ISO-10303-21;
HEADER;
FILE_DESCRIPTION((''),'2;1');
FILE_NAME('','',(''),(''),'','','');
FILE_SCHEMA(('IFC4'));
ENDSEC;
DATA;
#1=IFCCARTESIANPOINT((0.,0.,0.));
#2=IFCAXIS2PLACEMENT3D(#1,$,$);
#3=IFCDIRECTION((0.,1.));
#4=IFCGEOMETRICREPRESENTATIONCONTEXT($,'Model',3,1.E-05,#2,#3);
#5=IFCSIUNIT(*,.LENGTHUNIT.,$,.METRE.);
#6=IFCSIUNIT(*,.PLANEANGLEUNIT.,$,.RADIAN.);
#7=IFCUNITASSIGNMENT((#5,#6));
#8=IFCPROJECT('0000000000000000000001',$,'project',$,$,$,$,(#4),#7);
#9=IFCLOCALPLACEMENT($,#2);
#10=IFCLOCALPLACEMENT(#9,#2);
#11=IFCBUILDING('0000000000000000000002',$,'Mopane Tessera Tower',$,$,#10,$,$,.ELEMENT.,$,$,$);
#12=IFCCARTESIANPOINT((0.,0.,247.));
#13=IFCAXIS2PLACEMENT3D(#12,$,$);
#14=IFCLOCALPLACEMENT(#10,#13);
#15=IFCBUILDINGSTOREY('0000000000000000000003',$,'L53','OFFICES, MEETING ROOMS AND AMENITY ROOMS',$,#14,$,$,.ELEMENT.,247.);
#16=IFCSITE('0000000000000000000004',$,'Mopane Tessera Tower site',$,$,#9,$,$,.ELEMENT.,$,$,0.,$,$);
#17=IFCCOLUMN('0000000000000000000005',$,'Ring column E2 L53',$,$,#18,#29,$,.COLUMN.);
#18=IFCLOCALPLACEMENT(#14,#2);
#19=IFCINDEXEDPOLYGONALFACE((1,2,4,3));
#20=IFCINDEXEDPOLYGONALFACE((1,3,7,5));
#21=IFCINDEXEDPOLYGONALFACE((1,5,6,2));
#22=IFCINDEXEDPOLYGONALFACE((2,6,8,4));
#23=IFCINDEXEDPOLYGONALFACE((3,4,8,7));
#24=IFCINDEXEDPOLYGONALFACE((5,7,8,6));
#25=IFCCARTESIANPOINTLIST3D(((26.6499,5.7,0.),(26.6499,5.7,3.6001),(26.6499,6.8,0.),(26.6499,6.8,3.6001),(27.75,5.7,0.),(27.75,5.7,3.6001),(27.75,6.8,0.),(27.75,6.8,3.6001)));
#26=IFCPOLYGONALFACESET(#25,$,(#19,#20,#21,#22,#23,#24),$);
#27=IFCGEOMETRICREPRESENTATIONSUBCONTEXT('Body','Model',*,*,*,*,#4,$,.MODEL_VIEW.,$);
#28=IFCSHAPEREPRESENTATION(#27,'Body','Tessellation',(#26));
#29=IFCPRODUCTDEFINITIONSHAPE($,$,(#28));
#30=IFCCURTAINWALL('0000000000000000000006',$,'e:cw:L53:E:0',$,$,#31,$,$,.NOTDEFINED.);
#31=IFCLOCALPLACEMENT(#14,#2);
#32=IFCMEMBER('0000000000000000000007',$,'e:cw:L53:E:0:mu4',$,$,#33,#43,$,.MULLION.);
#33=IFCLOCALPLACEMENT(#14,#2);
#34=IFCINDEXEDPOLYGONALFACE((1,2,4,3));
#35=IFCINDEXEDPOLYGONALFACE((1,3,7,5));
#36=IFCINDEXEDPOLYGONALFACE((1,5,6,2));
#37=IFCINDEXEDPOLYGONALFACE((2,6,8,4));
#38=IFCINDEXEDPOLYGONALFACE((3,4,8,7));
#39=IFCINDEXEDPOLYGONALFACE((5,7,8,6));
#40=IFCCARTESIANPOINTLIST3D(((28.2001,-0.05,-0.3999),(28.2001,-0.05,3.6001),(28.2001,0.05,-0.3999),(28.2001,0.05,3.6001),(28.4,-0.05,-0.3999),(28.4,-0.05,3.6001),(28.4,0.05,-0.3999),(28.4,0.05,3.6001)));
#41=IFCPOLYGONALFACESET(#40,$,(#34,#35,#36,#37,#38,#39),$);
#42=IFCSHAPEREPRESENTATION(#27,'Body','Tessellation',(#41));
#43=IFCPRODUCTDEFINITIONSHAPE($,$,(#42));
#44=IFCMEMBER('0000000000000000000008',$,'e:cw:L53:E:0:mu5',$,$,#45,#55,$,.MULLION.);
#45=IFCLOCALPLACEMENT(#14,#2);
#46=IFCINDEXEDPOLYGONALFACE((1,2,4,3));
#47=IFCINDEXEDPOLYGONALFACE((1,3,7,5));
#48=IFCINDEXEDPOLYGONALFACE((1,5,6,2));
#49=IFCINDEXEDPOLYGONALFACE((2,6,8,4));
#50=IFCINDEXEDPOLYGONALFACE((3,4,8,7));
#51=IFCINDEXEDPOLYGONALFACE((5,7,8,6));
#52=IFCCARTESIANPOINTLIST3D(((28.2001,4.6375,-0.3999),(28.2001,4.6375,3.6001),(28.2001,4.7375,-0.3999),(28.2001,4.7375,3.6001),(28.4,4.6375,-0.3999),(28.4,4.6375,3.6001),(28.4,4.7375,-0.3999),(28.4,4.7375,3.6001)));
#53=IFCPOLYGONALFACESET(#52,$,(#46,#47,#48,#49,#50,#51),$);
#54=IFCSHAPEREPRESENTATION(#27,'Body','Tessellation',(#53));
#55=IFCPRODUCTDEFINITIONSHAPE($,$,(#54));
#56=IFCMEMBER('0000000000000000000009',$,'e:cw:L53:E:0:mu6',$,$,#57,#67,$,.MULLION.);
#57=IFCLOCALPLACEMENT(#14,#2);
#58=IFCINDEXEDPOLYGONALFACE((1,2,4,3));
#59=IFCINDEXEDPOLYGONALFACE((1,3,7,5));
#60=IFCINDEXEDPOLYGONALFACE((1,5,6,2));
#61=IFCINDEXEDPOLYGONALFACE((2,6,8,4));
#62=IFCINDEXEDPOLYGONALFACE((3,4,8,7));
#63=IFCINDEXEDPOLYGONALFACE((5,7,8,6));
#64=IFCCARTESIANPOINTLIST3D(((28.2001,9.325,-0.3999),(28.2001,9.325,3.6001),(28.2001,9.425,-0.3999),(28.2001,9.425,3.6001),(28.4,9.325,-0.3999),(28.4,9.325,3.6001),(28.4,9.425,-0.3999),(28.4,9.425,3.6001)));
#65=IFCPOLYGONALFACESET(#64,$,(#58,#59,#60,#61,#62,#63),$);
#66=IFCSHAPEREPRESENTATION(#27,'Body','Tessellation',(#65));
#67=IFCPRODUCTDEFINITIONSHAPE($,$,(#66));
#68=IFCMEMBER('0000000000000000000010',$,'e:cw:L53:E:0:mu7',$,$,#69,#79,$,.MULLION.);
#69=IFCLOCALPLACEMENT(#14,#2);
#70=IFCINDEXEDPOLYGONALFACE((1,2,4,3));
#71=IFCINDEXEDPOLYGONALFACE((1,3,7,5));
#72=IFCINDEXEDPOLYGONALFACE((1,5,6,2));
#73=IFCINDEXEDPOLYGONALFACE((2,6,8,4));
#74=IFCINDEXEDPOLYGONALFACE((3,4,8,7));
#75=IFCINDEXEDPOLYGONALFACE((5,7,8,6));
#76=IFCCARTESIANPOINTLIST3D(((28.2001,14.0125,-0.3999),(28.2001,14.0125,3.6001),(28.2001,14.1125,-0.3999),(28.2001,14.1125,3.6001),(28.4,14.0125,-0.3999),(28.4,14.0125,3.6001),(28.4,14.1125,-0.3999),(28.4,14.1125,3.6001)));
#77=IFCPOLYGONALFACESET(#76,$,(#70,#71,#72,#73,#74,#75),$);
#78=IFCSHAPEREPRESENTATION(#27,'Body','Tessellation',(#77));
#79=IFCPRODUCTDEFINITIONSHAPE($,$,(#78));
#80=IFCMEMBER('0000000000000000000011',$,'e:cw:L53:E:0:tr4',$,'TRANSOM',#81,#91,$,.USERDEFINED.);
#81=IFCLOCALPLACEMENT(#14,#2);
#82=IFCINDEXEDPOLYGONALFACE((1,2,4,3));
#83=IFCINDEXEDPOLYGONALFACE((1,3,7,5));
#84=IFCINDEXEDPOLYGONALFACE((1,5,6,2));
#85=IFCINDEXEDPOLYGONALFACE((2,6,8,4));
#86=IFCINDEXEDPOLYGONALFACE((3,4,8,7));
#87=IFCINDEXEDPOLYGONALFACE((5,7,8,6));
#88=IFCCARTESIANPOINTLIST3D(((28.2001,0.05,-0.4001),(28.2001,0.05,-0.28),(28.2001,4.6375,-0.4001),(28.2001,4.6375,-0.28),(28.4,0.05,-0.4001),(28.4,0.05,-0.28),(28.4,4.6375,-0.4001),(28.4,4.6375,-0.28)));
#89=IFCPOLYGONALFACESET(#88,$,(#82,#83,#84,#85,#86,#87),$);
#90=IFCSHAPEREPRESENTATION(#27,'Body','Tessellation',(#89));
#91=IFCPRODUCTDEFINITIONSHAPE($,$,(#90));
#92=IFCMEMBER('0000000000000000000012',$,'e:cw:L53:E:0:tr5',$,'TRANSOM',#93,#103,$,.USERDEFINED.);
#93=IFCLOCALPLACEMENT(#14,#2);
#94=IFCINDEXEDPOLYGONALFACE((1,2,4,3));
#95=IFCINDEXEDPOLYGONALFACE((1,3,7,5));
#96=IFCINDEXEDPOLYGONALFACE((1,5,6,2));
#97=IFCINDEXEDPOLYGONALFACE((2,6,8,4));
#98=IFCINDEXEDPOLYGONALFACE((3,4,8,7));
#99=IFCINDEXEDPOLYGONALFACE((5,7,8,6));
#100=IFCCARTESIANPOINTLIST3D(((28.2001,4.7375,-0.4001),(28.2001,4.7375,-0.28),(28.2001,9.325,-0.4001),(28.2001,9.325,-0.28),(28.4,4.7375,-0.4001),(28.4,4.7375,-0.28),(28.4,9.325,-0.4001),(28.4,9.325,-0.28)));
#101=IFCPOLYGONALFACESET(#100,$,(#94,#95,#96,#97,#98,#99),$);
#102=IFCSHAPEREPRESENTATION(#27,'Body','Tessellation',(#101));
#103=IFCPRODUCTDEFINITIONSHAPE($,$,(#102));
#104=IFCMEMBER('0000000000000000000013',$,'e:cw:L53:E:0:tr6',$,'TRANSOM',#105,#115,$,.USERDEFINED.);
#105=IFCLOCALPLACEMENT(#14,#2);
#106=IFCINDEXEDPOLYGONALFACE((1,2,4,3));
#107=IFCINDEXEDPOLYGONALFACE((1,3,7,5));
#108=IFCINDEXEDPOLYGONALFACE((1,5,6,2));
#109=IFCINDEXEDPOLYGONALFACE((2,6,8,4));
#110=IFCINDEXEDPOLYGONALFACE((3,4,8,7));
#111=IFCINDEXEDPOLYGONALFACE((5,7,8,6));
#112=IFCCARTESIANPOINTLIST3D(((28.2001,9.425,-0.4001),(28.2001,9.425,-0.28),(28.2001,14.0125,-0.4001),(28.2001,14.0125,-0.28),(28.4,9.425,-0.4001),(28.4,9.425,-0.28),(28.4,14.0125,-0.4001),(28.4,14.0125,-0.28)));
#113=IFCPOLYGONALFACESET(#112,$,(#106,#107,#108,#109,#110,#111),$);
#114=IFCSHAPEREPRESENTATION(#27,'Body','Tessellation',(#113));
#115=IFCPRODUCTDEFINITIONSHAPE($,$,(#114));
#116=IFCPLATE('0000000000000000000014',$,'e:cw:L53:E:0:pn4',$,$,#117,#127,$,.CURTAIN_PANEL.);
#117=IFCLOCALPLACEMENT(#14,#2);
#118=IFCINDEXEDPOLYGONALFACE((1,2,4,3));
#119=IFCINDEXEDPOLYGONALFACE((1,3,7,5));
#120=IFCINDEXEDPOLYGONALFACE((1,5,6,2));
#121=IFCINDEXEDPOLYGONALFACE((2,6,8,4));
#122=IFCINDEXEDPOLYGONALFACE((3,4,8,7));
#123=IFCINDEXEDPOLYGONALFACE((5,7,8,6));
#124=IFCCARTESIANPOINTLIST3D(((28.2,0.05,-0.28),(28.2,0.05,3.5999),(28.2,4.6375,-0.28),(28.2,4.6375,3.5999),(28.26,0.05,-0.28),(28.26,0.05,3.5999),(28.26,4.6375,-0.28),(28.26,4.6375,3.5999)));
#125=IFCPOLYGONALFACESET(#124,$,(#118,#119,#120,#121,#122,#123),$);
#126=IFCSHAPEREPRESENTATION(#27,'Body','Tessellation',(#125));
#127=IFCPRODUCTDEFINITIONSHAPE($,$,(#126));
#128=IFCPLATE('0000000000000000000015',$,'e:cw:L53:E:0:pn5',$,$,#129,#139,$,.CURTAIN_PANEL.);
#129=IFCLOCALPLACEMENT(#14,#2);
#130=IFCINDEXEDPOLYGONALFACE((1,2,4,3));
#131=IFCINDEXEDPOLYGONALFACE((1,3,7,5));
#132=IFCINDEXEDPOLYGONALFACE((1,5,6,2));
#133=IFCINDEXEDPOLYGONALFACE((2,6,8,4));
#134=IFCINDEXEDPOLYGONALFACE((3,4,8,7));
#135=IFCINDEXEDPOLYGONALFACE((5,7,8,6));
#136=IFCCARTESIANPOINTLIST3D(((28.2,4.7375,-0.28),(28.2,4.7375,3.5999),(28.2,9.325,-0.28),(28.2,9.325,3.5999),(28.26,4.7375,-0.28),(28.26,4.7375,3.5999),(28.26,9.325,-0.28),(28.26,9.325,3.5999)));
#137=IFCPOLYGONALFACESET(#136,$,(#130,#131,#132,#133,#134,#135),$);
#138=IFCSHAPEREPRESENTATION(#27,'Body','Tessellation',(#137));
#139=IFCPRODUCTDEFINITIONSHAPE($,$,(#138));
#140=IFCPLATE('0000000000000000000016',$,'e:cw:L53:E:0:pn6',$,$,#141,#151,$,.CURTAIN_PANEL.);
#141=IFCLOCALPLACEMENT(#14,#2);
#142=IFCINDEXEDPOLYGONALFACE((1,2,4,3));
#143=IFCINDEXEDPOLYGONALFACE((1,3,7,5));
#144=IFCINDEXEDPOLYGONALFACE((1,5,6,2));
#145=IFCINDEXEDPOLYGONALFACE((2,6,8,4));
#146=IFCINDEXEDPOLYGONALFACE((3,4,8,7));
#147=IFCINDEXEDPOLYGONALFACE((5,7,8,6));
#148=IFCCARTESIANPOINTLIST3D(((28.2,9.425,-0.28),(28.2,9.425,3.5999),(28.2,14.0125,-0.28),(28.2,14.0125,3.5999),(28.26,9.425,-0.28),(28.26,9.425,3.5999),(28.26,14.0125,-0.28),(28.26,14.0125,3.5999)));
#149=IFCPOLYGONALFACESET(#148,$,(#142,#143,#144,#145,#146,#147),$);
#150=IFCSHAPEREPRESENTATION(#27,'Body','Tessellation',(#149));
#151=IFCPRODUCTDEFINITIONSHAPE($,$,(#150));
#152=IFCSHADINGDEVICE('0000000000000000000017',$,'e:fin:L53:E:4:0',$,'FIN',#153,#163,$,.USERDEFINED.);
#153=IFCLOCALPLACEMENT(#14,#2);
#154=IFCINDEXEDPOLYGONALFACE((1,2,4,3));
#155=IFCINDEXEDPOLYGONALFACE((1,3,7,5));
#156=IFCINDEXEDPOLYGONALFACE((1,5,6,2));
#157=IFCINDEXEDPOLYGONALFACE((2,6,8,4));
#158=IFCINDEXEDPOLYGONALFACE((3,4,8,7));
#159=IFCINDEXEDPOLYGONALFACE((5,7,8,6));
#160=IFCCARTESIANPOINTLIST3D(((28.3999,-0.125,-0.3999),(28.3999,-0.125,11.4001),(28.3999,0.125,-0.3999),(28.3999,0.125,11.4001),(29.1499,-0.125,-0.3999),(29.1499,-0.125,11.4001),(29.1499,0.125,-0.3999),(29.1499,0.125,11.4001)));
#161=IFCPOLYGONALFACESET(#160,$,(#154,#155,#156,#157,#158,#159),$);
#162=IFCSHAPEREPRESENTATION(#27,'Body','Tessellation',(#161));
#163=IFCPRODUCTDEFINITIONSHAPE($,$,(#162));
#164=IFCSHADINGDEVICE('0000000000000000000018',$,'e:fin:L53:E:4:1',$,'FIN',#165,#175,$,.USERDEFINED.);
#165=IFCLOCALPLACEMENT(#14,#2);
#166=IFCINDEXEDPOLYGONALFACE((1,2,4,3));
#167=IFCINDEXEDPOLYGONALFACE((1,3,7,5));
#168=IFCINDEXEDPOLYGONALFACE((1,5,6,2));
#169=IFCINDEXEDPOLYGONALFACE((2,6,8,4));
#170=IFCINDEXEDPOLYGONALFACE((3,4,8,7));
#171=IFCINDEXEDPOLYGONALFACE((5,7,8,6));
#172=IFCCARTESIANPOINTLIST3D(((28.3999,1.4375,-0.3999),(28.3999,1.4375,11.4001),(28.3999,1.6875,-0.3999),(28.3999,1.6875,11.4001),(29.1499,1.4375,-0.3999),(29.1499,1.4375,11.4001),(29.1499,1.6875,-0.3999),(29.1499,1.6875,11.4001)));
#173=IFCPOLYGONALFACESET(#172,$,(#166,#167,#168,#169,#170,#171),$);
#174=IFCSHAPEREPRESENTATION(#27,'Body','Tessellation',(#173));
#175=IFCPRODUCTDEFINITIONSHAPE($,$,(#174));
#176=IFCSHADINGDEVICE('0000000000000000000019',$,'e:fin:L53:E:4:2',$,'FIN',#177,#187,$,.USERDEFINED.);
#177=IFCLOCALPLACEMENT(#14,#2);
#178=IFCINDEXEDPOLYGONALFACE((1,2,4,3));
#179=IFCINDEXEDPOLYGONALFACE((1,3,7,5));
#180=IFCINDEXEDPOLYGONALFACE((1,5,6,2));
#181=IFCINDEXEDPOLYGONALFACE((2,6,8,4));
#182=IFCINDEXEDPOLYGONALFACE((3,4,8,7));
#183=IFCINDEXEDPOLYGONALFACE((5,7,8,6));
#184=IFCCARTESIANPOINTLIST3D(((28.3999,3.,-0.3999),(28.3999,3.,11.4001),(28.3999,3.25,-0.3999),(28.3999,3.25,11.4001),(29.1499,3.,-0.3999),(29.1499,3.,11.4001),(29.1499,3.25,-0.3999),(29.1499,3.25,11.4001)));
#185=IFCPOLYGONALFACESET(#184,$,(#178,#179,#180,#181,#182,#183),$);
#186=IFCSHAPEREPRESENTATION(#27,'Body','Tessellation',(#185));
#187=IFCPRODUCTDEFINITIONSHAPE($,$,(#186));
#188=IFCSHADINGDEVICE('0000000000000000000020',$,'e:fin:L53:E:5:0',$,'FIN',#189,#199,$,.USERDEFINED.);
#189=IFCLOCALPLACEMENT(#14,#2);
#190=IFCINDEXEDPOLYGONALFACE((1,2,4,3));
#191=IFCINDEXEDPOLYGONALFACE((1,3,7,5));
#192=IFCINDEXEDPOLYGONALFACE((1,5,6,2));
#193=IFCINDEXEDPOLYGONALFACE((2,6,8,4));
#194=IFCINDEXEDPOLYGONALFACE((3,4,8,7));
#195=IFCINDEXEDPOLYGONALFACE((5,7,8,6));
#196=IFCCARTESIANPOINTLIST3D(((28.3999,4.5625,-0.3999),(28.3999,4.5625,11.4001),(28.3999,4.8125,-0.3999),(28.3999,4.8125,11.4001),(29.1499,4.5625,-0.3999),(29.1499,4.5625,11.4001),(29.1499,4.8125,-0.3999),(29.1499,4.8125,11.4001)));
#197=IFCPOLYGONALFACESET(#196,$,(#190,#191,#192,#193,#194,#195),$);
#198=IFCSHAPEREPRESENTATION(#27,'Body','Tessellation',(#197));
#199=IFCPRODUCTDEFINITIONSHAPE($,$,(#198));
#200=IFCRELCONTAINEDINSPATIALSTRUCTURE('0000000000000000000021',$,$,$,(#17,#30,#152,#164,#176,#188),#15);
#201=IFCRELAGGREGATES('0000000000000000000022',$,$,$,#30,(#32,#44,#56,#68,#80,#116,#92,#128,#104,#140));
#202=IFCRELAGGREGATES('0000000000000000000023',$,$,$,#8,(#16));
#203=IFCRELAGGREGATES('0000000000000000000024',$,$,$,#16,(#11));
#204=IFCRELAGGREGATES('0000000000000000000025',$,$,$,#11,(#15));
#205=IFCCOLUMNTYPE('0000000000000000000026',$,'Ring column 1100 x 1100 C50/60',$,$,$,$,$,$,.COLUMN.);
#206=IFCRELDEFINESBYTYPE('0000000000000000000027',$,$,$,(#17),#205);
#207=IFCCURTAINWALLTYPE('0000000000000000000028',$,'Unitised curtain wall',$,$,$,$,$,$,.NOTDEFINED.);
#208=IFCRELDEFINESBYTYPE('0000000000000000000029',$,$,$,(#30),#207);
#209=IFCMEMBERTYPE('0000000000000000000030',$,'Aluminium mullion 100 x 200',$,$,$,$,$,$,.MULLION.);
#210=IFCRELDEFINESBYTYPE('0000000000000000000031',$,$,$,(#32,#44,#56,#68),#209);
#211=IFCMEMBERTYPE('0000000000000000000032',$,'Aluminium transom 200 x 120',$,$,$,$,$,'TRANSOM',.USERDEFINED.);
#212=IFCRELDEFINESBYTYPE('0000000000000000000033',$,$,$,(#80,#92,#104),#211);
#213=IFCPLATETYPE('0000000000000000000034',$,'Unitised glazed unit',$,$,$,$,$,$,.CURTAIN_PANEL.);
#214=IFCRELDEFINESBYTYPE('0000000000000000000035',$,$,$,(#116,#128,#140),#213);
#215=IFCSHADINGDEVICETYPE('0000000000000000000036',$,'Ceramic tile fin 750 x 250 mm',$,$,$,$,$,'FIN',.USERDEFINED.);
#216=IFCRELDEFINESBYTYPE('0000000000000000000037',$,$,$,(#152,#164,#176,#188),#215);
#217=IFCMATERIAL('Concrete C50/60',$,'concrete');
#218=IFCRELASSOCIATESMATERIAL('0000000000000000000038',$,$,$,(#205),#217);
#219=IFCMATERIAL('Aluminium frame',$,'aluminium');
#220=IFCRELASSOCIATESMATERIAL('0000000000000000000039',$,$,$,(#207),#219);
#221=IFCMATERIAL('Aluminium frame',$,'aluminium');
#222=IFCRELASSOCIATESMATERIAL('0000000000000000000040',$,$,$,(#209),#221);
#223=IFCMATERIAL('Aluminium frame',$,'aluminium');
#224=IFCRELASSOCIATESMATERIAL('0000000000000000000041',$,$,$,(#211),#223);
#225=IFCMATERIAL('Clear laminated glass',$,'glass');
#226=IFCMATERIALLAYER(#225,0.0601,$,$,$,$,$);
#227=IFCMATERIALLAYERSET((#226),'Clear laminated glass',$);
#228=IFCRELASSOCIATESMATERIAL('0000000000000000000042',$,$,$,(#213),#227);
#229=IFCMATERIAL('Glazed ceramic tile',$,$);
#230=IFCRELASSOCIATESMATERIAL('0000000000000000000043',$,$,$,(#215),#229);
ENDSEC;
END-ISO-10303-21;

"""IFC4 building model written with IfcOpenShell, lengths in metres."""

from ifc_helpers import new_model, si_unit, direction, frame, origin, origin_2d, place, context, subcontext, project, spatial, rectangle, extrude, material, layer, layer_set, material_profile, profile_set, type_object, element, aggregate, save


model = new_model("IFC4")

# Units and contexts
model_context = context("Model", 3, precision=1e-05, world=origin(), true_north=direction((0.0, 1.0)))
body_context = subcontext(model_context, "Body", "Model", "MODEL_VIEW")
ifc_project = project(units=[si_unit("LENGTHUNIT", "METRE"), si_unit("PLANEANGLEUNIT", "RADIAN")], contexts=[model_context])

# Site, building, storey
site_placement = place(None, origin())
site = spatial("IfcSite", under=ifc_project, at=site_placement, Name="Mopane Tessera Tower site", CompositionType="ELEMENT", RefElevation=0.0)
building_placement = place(site_placement, origin())
building = spatial("IfcBuilding", under=site, at=building_placement, Name="Mopane Tessera Tower", CompositionType="ELEMENT")
storey_placement = place(building_placement, frame((0.0, 0.0, 247.0)))
storey = spatial("IfcBuildingStorey", under=building, at=storey_placement, Name="L53", Description="OFFICES, MEETING ROOMS AND AMENITY ROOMS", CompositionType="ELEMENT", Elevation=247.0)

# Column
ifc_material_1 = material(Name="Concrete C50/60", Category="concrete")
ifc_material_profile_1 = material_profile(ifc_material_1, rectangle(XDim=1.1001, YDim=1.1001, at=origin_2d()))
ifc_profile_set_1 = profile_set([ifc_material_profile_1], Name="Concrete C50/60")
column_type = type_object("IfcColumnType", Name="Ring column 1100 x 1100 C50/60", PredefinedType="COLUMN", material=ifc_profile_set_1)
column_placement = place(storey_placement, frame((27.2, 6.25, 0.0), z_axis=(0.0, 0.0, 1.0), x_axis=(1.0, 0.0, 0.0)))
element("IfcColumn", 1, at=column_placement, inside=storey, type_object=column_type, Name="Ring column E2 L53", PredefinedType="COLUMN", context=body_context, shape_type="SweptSolid", body=[
    extrude(rectangle(XDim=1.1001, YDim=1.1001, at=origin_2d()), origin(), (0.0, 0.0, 1.0), 3.6001),
])

# Curtain wall, members, plates
ifc_material_2 = material(Name="Aluminium frame", Category="aluminium")
curtain_wall_type = type_object("IfcCurtainWallType", Name="Unitised curtain wall", PredefinedType="NOTDEFINED", material=ifc_material_2)
curtain_wall_placement = place(storey_placement, origin())
curtain_wall = element("IfcCurtainWall", 2, at=curtain_wall_placement, inside=storey, type_object=curtain_wall_type, Name="e:cw:L53:E:0", PredefinedType="NOTDEFINED")
ifc_material_3 = material(Name="Aluminium frame", Category="aluminium")
ifc_material_profile_2 = material_profile(ifc_material_3, rectangle(XDim=0.1001, YDim=0.2, at=origin_2d()))
ifc_profile_set_2 = profile_set([ifc_material_profile_2], Name="Aluminium frame")
member_type_1 = type_object("IfcMemberType", Name="Aluminium mullion 100 x 200", PredefinedType="MULLION", material=ifc_profile_set_2)
member_1_placement = place(storey_placement, frame((28.3, 0.0, -0.3999), z_axis=(0.0, 0.0, 1.0), x_axis=(0.0, 1.0, 0.0)))
member_1 = element("IfcMember", 3, at=member_1_placement, type_object=member_type_1, Name="e:cw:L53:E:0:mu4", PredefinedType="MULLION", context=body_context, shape_type="SweptSolid", body=[
    extrude(rectangle(XDim=0.1001, YDim=0.2, at=origin_2d()), origin(), (0.0, 0.0, 1.0), 4.0),
])
member_2_placement = place(storey_placement, frame((28.3, 4.6875, -0.3999), z_axis=(0.0, 0.0, 1.0), x_axis=(0.0, 1.0, 0.0)))
member_2 = element("IfcMember", 4, at=member_2_placement, type_object=member_type_1, Name="e:cw:L53:E:0:mu5", PredefinedType="MULLION", context=body_context, shape_type="SweptSolid", body=[
    extrude(rectangle(XDim=0.1001, YDim=0.2, at=origin_2d()), origin(), (0.0, 0.0, 1.0), 4.0),
])
member_3_placement = place(storey_placement, frame((28.3, 9.375, -0.3999), z_axis=(0.0, 0.0, 1.0), x_axis=(0.0, 1.0, 0.0)))
member_3 = element("IfcMember", 5, at=member_3_placement, type_object=member_type_1, Name="e:cw:L53:E:0:mu6", PredefinedType="MULLION", context=body_context, shape_type="SweptSolid", body=[
    extrude(rectangle(XDim=0.1001, YDim=0.2, at=origin_2d()), origin(), (0.0, 0.0, 1.0), 4.0),
])
member_4_placement = place(storey_placement, frame((28.3, 14.0625, -0.3999), z_axis=(0.0, 0.0, 1.0), x_axis=(0.0, 1.0, 0.0)))
member_4 = element("IfcMember", 6, at=member_4_placement, type_object=member_type_1, Name="e:cw:L53:E:0:mu7", PredefinedType="MULLION", context=body_context, shape_type="SweptSolid", body=[
    extrude(rectangle(XDim=0.1001, YDim=0.2, at=origin_2d()), origin(), (0.0, 0.0, 1.0), 4.0),
])
ifc_material_4 = material(Name="Aluminium frame", Category="aluminium")
ifc_material_profile_3 = material_profile(ifc_material_4, rectangle(XDim=0.2, YDim=0.1201, at=origin_2d()))
ifc_profile_set_3 = profile_set([ifc_material_profile_3], Name="Aluminium frame")
member_type_2 = type_object("IfcMemberType", Name="Aluminium transom 200 x 120", ElementType="TRANSOM", PredefinedType="USERDEFINED", material=ifc_profile_set_3)
member_5_placement = place(storey_placement, frame((28.3, 0.05, -0.3401), z_axis=(0.0, 1.0, 0.0), x_axis=(-1.0, 0.0, 0.0)))
member_5 = element("IfcMember", 7, at=member_5_placement, type_object=member_type_2, Name="e:cw:L53:E:0:tr4", ObjectType="TRANSOM", PredefinedType="USERDEFINED", context=body_context, shape_type="SweptSolid", body=[
    extrude(rectangle(XDim=0.2, YDim=0.1201, at=origin_2d()), origin(), (0.0, 0.0, 1.0), 4.5874),
])
member_6_placement = place(storey_placement, frame((28.3, 4.7375, -0.3401), z_axis=(0.0, 1.0, 0.0), x_axis=(-1.0, 0.0, 0.0)))
member_6 = element("IfcMember", 8, at=member_6_placement, type_object=member_type_2, Name="e:cw:L53:E:0:tr5", ObjectType="TRANSOM", PredefinedType="USERDEFINED", context=body_context, shape_type="SweptSolid", body=[
    extrude(rectangle(XDim=0.2, YDim=0.1201, at=origin_2d()), origin(), (0.0, 0.0, 1.0), 4.5874),
])
member_7_placement = place(storey_placement, frame((28.3, 9.425, -0.3401), z_axis=(0.0, 1.0, 0.0), x_axis=(-1.0, 0.0, 0.0)))
member_7 = element("IfcMember", 9, at=member_7_placement, type_object=member_type_2, Name="e:cw:L53:E:0:tr6", ObjectType="TRANSOM", PredefinedType="USERDEFINED", context=body_context, shape_type="SweptSolid", body=[
    extrude(rectangle(XDim=0.2, YDim=0.1201, at=origin_2d()), origin(), (0.0, 0.0, 1.0), 4.5874),
])
ifc_material_5 = material(Name="Clear laminated glass", Category="glass")
ifc_layer = layer(ifc_material_5, 0.0601)
ifc_layer_set = layer_set([ifc_layer], Name="Clear laminated glass")
plate_type = type_object("IfcPlateType", Name="Unitised glazed unit", PredefinedType="CURTAIN_PANEL", material=ifc_layer_set)
plate_1_placement = place(storey_placement, frame((28.23, 2.3438, -0.28), z_axis=(0.0, 0.0, 1.0), x_axis=(0.0, 1.0, 0.0)))
plate_1 = element("IfcPlate", 10, at=plate_1_placement, type_object=plate_type, Name="e:cw:L53:E:0:pn4", PredefinedType="CURTAIN_PANEL", context=body_context, shape_type="SweptSolid", body=[
    extrude(rectangle(XDim=4.5874, YDim=0.0601, at=origin_2d()), origin(), (0.0, 0.0, 1.0), 3.8799),
])
plate_2_placement = place(storey_placement, frame((28.23, 7.0312, -0.28), z_axis=(0.0, 0.0, 1.0), x_axis=(0.0, 1.0, 0.0)))
plate_2 = element("IfcPlate", 11, at=plate_2_placement, type_object=plate_type, Name="e:cw:L53:E:0:pn5", PredefinedType="CURTAIN_PANEL", context=body_context, shape_type="SweptSolid", body=[
    extrude(rectangle(XDim=4.5874, YDim=0.0601, at=origin_2d()), origin(), (0.0, 0.0, 1.0), 3.8799),
])
plate_3_placement = place(storey_placement, frame((28.23, 11.7188, -0.28), z_axis=(0.0, 0.0, 1.0), x_axis=(0.0, 1.0, 0.0)))
plate_3 = element("IfcPlate", 12, at=plate_3_placement, type_object=plate_type, Name="e:cw:L53:E:0:pn6", PredefinedType="CURTAIN_PANEL", context=body_context, shape_type="SweptSolid", body=[
    extrude(rectangle(XDim=4.5874, YDim=0.0601, at=origin_2d()), origin(), (0.0, 0.0, 1.0), 3.8799),
])
aggregate(curtain_wall, [member_1, member_2, member_3, member_4, member_5, plate_1, member_6, plate_2, member_7, plate_3])

# Shading devices
ifc_material_6 = material(Name="Glazed ceramic tile")
shading_device_type = type_object("IfcShadingDeviceType", Name="Ceramic tile fin 750 x 250 mm", ElementType="FIN", PredefinedType="USERDEFINED", material=ifc_material_6)
for number, where, z_axis, x_axis, name in (
    (13, (28.7749, 0.0, -0.3999), (0.0, 0.0, 1.0), (0.0, 1.0, 0.0), "e:fin:L53:E:4:0"),
    (14, (28.7749, 1.5625, -0.3999), (0.0, 0.0, 1.0), (0.0, 1.0, 0.0), "e:fin:L53:E:4:1"),
    (15, (28.7749, 3.125, -0.3999), (0.0, 0.0, 1.0), (0.0, 1.0, 0.0), "e:fin:L53:E:4:2"),
    (16, (28.7749, 4.6875, -0.3999), (0.0, 0.0, 1.0), (0.0, 1.0, 0.0), "e:fin:L53:E:5:0"),
):
    element("IfcShadingDevice", number, at=place(storey_placement, frame(where, z_axis=z_axis, x_axis=x_axis)), inside=storey, type_object=shading_device_type, Name=name, ObjectType="FIN", PredefinedType="USERDEFINED", context=body_context, shape_type="SweptSolid", body=[
        extrude(rectangle(XDim=0.25, YDim=0.75, at=origin_2d()), origin(), (0.0, 0.0, 1.0), 11.8),
    ])

save(model, "model.ifc")
